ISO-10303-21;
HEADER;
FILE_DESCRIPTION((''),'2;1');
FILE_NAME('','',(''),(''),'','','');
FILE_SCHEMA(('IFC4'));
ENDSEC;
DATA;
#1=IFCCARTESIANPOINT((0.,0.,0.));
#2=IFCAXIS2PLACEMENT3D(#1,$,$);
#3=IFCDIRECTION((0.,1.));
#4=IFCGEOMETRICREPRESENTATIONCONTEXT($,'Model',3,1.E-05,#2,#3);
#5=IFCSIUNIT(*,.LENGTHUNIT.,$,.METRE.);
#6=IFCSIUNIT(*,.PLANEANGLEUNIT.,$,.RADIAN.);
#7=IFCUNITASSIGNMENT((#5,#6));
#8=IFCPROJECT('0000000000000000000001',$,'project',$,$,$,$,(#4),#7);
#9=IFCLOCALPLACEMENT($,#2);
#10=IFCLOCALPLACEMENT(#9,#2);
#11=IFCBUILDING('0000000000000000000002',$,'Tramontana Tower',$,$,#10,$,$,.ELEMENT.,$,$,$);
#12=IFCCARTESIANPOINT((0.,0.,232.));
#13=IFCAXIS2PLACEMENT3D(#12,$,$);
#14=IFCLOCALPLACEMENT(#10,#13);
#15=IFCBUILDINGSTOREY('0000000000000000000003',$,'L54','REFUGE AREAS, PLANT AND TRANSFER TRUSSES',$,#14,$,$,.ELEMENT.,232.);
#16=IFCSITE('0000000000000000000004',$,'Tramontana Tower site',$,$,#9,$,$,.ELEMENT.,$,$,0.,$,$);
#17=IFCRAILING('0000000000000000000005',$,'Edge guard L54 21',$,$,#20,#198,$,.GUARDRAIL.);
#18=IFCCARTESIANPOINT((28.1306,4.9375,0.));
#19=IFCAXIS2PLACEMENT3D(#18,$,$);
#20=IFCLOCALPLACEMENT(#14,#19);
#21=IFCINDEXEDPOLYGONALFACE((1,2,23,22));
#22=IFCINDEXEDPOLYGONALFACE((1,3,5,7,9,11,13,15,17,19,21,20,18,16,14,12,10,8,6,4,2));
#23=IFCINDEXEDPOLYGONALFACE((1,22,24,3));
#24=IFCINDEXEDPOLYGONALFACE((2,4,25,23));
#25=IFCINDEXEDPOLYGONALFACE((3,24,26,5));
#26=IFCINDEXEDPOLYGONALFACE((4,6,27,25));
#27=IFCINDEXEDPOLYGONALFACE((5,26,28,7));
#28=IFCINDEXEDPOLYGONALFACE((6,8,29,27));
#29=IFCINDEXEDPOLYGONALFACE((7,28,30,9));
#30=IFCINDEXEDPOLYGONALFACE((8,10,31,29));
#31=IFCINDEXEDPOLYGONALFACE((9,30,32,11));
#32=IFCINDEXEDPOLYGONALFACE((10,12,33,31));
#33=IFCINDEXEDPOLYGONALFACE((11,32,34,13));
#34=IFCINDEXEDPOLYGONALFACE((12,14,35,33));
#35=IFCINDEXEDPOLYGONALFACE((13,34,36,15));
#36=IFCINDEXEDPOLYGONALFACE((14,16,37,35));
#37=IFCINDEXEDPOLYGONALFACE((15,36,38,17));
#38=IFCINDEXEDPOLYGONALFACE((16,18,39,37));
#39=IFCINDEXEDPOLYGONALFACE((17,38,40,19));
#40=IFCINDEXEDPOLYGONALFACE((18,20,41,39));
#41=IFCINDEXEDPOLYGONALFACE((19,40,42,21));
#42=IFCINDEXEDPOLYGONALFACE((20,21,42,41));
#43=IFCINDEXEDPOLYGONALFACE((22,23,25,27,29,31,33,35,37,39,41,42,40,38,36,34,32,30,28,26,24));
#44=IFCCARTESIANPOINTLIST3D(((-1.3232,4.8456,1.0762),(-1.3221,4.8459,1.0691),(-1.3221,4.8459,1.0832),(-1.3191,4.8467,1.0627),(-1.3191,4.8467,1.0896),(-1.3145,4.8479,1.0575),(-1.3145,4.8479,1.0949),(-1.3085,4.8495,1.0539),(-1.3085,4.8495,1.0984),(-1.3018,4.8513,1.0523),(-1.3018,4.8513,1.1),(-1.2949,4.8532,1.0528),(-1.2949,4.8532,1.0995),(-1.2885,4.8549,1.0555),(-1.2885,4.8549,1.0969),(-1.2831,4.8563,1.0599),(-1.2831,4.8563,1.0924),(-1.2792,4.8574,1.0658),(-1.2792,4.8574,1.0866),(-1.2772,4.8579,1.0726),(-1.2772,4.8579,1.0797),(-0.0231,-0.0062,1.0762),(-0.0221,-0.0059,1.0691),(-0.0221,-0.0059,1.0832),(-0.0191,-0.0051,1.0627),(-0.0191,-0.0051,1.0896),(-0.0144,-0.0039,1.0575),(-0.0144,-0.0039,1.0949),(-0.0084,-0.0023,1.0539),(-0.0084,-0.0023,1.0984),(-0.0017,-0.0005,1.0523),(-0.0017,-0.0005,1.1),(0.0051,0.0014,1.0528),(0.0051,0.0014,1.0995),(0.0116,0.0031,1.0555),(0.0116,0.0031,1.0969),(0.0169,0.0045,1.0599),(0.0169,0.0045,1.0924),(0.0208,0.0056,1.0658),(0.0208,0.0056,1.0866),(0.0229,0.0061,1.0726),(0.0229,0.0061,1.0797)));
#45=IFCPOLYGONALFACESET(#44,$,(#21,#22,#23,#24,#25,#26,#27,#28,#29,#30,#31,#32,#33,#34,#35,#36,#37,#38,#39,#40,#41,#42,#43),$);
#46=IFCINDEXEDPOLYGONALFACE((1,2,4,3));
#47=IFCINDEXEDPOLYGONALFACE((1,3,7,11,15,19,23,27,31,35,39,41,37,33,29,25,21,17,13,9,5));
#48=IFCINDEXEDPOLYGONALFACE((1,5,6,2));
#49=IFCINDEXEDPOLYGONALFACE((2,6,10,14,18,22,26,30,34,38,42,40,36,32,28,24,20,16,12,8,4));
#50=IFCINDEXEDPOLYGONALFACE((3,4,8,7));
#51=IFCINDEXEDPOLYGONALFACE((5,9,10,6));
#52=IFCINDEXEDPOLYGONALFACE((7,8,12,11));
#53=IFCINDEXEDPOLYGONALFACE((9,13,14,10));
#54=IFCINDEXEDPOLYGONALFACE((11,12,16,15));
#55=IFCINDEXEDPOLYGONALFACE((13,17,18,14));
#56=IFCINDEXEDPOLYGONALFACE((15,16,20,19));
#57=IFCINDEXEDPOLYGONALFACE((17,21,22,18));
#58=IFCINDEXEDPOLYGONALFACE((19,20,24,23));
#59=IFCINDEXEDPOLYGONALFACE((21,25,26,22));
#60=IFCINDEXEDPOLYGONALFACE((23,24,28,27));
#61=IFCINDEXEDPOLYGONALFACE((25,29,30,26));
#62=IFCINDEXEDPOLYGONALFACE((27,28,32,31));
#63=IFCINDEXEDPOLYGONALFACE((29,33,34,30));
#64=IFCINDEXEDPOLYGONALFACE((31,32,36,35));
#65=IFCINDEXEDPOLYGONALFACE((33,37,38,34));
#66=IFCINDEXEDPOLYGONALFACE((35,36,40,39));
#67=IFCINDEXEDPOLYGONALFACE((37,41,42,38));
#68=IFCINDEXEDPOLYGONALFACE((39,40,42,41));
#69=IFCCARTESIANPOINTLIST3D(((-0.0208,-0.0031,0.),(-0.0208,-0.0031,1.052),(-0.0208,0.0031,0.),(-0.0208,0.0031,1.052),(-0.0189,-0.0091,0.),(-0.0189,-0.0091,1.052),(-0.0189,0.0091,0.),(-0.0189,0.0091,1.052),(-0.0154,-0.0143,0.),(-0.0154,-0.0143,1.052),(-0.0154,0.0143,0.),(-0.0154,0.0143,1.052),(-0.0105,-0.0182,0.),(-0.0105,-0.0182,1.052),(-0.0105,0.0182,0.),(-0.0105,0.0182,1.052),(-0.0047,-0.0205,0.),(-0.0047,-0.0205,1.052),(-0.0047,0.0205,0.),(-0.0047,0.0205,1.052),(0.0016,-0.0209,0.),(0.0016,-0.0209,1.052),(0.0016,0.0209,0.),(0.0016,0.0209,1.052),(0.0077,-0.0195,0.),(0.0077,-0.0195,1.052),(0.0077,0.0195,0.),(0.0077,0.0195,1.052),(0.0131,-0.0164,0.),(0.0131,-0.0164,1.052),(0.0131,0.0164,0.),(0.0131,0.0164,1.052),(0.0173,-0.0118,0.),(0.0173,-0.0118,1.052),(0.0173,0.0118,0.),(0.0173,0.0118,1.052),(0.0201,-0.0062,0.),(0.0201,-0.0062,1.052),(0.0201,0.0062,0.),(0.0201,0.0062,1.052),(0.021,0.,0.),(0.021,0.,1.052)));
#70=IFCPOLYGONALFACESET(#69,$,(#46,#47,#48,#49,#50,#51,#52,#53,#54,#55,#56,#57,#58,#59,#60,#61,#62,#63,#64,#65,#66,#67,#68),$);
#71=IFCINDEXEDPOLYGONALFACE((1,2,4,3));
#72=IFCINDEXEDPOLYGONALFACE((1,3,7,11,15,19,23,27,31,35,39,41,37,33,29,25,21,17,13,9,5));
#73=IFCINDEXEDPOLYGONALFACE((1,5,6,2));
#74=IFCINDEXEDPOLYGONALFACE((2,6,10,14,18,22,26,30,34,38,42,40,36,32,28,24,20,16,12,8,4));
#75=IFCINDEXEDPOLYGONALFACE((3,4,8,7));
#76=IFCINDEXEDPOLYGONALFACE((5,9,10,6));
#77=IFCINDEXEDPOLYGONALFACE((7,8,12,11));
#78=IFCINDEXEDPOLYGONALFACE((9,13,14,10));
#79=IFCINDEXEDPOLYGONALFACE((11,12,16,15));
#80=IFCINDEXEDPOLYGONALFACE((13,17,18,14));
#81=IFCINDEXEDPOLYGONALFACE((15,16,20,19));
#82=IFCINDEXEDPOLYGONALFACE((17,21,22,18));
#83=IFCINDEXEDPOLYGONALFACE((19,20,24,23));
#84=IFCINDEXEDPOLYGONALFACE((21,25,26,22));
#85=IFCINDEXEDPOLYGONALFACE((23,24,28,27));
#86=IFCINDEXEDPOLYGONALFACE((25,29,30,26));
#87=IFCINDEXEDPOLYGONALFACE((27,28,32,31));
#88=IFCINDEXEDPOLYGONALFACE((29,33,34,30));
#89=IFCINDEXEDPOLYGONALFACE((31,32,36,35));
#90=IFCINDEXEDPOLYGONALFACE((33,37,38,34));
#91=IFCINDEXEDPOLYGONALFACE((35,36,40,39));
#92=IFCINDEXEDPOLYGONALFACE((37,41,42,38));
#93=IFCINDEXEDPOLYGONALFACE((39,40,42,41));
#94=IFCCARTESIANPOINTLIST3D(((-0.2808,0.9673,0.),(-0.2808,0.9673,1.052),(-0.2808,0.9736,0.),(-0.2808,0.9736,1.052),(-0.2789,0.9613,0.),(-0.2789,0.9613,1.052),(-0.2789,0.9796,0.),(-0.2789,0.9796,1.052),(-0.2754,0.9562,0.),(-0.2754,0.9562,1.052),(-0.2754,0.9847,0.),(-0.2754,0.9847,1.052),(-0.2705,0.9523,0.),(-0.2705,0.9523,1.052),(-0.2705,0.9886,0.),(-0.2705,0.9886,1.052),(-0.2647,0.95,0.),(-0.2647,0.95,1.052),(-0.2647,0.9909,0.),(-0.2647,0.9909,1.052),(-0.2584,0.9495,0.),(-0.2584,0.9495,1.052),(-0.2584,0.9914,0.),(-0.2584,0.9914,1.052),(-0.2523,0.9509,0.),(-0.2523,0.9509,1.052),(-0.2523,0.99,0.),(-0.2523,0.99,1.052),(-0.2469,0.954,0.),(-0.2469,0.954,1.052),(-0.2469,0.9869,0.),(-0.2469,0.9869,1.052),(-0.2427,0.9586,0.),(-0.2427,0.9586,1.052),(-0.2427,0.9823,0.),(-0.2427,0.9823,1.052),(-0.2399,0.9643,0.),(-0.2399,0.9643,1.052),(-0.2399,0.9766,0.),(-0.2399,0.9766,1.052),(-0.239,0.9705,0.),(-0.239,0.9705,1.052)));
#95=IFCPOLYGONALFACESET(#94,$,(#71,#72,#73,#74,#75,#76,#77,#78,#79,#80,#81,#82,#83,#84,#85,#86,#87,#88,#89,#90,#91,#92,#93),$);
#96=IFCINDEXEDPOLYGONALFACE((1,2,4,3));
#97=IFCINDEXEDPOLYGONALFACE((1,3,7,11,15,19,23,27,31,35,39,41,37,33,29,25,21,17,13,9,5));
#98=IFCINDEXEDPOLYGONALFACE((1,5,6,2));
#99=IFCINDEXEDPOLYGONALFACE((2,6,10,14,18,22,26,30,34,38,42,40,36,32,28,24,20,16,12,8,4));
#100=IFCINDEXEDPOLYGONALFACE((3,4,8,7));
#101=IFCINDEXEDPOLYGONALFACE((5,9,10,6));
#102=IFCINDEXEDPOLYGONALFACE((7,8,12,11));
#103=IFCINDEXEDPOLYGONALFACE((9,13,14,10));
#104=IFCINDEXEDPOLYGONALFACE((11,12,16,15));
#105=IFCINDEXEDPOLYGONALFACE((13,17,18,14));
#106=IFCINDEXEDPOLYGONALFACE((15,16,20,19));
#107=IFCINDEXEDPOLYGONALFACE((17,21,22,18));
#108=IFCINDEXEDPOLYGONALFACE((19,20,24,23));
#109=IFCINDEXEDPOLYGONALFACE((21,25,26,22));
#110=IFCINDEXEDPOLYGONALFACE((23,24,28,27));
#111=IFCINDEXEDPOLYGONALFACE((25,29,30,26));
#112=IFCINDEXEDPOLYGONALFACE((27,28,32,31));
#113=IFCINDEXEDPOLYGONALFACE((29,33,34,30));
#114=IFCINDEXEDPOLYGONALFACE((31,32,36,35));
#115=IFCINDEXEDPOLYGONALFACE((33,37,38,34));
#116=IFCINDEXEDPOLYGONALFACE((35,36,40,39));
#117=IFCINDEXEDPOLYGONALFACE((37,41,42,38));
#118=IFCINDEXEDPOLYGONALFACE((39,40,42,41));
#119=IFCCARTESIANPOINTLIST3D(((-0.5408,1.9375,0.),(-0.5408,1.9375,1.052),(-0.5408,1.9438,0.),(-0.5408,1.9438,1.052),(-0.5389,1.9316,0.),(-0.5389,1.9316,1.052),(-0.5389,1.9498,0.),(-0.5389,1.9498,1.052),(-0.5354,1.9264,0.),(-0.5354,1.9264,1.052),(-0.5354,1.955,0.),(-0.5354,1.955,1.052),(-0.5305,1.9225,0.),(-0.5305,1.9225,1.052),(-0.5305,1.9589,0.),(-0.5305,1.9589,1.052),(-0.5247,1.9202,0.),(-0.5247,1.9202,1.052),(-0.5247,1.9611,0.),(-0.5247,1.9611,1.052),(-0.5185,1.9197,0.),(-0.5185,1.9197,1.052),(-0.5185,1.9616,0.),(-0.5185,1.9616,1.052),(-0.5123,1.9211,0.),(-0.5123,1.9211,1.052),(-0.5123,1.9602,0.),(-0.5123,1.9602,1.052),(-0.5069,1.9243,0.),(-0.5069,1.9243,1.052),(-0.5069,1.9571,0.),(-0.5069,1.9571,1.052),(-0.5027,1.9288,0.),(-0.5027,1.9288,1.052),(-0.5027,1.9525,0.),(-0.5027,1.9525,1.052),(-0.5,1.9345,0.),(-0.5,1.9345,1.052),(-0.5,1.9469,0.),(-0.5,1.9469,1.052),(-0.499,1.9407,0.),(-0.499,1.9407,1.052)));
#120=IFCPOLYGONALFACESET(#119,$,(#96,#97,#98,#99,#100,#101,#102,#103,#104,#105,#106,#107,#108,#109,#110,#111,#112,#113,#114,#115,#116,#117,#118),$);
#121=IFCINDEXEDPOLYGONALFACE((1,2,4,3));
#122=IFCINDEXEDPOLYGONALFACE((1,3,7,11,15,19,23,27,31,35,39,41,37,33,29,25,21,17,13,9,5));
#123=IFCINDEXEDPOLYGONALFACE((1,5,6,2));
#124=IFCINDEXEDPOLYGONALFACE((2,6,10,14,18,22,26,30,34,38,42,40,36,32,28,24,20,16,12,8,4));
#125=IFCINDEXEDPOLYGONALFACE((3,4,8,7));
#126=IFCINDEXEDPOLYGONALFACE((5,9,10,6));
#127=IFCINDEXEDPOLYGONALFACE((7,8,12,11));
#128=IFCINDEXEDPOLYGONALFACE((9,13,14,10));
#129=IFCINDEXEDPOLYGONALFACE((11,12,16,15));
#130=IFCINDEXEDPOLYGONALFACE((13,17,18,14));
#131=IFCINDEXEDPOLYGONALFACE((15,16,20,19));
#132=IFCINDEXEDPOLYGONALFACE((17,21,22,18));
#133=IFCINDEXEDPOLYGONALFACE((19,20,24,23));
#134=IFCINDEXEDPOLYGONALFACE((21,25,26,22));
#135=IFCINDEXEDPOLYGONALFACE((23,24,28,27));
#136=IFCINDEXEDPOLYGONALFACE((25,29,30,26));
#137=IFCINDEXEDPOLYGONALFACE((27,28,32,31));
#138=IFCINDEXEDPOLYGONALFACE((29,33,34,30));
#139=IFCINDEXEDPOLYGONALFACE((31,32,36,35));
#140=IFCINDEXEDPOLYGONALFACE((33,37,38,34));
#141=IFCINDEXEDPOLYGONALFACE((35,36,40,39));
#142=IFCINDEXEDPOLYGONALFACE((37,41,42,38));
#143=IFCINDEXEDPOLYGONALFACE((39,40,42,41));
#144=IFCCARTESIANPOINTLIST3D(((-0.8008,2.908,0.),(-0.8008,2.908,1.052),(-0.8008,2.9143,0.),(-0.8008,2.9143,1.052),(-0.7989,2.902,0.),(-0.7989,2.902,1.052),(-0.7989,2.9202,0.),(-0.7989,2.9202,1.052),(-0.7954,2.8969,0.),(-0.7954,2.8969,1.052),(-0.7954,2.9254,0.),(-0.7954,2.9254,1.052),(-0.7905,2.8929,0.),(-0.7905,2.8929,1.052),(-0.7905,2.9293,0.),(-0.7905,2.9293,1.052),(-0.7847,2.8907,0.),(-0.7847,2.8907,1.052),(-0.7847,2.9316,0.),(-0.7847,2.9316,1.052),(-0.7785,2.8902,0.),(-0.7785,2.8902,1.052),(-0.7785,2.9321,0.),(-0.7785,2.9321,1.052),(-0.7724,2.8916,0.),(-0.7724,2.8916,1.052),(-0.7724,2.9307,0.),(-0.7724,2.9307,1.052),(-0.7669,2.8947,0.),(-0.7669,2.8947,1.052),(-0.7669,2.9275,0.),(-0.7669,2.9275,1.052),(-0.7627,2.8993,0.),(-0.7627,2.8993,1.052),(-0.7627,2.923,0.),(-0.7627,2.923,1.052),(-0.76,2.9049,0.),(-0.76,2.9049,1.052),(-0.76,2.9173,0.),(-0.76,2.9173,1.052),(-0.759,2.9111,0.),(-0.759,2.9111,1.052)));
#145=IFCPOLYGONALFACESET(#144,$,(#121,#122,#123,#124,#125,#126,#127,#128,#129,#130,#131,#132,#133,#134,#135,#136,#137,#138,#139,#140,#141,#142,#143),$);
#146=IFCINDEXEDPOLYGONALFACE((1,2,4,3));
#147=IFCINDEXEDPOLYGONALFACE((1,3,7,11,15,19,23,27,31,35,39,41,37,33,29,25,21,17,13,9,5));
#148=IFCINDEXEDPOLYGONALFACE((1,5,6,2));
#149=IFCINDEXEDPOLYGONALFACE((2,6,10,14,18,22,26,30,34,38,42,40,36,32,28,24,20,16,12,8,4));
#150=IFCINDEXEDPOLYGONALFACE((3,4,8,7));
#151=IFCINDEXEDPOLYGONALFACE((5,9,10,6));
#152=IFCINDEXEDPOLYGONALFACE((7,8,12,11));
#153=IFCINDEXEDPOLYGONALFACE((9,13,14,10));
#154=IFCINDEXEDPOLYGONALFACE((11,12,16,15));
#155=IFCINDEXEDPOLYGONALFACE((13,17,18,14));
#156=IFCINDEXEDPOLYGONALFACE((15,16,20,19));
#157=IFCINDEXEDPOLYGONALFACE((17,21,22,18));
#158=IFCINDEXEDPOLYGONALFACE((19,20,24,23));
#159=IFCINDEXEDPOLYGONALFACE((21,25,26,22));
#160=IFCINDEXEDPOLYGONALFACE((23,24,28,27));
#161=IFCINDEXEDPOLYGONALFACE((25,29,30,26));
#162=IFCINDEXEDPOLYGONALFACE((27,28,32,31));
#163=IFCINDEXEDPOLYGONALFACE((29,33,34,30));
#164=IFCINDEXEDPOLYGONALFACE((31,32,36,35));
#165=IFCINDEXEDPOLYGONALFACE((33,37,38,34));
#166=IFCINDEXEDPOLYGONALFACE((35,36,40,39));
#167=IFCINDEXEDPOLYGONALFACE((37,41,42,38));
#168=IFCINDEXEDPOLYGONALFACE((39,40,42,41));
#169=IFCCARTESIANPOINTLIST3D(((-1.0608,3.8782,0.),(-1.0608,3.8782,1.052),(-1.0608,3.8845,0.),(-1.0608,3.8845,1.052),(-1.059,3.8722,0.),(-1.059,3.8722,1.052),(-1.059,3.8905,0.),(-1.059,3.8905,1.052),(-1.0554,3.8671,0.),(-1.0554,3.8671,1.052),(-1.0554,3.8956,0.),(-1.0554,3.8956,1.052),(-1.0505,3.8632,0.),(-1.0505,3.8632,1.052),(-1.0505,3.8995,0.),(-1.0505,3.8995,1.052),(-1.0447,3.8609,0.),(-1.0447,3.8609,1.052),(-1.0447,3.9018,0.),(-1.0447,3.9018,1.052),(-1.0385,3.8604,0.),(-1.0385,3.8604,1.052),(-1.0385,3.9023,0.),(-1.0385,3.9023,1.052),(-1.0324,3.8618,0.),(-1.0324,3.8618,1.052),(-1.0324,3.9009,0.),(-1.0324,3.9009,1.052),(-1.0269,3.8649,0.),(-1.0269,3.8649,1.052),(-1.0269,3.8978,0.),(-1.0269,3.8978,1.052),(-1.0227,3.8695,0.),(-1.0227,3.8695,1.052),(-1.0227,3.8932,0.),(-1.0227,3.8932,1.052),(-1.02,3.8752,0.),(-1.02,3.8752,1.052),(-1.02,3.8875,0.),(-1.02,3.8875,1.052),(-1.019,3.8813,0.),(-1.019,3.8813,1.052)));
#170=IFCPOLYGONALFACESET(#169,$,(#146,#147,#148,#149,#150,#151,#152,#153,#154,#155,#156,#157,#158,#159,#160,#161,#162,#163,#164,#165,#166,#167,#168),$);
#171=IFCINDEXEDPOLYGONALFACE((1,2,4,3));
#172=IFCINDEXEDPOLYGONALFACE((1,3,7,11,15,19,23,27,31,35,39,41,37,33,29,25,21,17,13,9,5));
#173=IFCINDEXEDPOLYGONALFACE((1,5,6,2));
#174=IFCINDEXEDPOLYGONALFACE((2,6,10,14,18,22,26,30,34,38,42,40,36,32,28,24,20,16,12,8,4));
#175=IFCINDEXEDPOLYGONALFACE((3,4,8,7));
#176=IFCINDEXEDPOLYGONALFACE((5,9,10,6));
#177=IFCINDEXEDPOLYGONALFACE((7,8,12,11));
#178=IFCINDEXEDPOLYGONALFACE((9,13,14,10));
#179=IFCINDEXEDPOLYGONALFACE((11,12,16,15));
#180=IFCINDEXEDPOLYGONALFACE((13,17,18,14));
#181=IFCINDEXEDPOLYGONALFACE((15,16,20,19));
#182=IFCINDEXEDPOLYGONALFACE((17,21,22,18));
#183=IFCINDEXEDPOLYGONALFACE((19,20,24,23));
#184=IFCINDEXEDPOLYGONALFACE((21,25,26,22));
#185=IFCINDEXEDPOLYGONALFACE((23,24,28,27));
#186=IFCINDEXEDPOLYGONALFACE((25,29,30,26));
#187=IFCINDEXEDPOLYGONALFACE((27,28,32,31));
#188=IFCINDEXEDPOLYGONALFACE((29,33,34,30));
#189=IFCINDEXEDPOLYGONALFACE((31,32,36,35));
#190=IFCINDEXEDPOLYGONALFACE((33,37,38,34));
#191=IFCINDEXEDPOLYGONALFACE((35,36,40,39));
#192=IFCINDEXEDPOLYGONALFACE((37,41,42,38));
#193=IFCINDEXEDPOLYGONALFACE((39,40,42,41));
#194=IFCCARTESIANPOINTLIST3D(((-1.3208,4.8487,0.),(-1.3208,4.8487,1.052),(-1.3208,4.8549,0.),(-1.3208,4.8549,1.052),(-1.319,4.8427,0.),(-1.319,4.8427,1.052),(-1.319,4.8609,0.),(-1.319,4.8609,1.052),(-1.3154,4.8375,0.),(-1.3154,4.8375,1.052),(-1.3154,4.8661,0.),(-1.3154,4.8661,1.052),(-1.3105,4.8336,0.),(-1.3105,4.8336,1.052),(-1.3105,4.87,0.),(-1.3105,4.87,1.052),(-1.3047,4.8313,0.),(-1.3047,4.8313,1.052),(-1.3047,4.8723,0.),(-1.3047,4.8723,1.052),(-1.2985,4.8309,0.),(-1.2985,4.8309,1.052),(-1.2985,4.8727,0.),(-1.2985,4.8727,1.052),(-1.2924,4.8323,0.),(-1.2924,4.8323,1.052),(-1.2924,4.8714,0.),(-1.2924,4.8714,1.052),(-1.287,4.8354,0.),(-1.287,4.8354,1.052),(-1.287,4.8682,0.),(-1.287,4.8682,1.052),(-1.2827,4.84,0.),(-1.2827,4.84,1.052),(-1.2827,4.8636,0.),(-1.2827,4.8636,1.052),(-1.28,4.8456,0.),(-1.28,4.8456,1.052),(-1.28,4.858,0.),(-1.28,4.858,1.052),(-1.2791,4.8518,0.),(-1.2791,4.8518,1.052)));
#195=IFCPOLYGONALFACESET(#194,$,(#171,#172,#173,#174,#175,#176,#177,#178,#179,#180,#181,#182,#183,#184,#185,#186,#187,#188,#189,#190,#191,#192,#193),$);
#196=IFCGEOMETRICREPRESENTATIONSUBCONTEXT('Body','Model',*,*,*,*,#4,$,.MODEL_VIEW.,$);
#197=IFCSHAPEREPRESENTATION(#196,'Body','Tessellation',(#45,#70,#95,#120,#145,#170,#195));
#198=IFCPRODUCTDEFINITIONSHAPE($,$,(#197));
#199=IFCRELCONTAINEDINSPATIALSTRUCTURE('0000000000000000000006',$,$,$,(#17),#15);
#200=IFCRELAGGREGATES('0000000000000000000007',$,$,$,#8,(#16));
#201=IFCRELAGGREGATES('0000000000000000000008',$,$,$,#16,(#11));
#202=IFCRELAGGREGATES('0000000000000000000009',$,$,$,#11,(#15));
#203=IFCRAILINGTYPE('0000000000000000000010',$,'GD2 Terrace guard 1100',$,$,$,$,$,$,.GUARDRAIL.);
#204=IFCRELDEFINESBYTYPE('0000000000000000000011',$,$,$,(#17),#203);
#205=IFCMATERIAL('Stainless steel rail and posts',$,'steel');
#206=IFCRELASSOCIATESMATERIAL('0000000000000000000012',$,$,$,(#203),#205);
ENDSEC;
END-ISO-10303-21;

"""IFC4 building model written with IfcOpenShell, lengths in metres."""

from ifc_helpers import new_model, si_unit, direction, frame, origin, origin_2d, place, context, subcontext, project, spatial, circle, extrude, material, type_object, element, save


model = new_model("IFC4")

# Units and contexts
model_context = context("Model", 3, precision=1e-05, world=origin(), true_north=direction((0.0, 1.0)))
body_context = subcontext(model_context, "Body", "Model", "MODEL_VIEW")
ifc_project = project(units=[si_unit("LENGTHUNIT", "METRE"), si_unit("PLANEANGLEUNIT", "RADIAN")], contexts=[model_context])

# Site, building, storey
site_placement = place(None, origin())
site = spatial("IfcSite", under=ifc_project, at=site_placement, Name="Tramontana Tower site", CompositionType="ELEMENT", RefElevation=0.0)
building_placement = place(site_placement, origin())
building = spatial("IfcBuilding", under=site, at=building_placement, Name="Tramontana Tower", CompositionType="ELEMENT")
storey_placement = place(building_placement, frame((0.0, 0.0, 232.0)))
storey = spatial("IfcBuildingStorey", under=building, at=storey_placement, Name="L54", Description="REFUGE AREAS, PLANT AND TRANSFER TRUSSES", CompositionType="ELEMENT", Elevation=232.0)

# Railing
ifc_material_1 = material(Name="Stainless steel rail and posts", Category="steel")
railing_type = type_object("IfcRailingType", Name="GD2 Terrace guard 1100", PredefinedType="GUARDRAIL", material=ifc_material_1)
railing_1_placement = place(storey_placement, frame((28.1306, 4.9375, 0.0)))
element("IfcRailing", 1, at=railing_1_placement, inside=storey, type_object=railing_type, Name="Edge guard L54 21", PredefinedType="GUARDRAIL", context=body_context, shape_type="SweptSolid", body=[
    extrude(circle(Radius=0.0239, at=origin_2d()), frame((0.0, 0.0, 1.0762), z_axis=(-0.258821, 0.965925, 0.0), x_axis=(-0.965925, -0.258821, 0.0)), (0.0, 0.0, 1.0), 5.0229),
    extrude(circle(Radius=0.021, at=origin_2d()), origin(), (0.0, 0.0, 1.0), 1.052),
    extrude(circle(Radius=0.021, at=origin_2d()), frame((-0.26, 0.9705, 0.0)), (0.0, 0.0, 1.0), 1.052),
    extrude(circle(Radius=0.021, at=origin_2d()), frame((-0.52, 1.9407, 0.0)), (0.0, 0.0, 1.0), 1.052),
    extrude(circle(Radius=0.021, at=origin_2d()), frame((-0.78, 2.9111, 0.0)), (0.0, 0.0, 1.0), 1.052),
    extrude(circle(Radius=0.021, at=origin_2d()), frame((-1.04, 3.8813, 0.0)), (0.0, 0.0, 1.0), 1.052),
    extrude(circle(Radius=0.021, at=origin_2d()), frame((-1.3, 4.8518, 0.0)), (0.0, 0.0, 1.0), 1.052),
])

save(model, "model.ifc")
